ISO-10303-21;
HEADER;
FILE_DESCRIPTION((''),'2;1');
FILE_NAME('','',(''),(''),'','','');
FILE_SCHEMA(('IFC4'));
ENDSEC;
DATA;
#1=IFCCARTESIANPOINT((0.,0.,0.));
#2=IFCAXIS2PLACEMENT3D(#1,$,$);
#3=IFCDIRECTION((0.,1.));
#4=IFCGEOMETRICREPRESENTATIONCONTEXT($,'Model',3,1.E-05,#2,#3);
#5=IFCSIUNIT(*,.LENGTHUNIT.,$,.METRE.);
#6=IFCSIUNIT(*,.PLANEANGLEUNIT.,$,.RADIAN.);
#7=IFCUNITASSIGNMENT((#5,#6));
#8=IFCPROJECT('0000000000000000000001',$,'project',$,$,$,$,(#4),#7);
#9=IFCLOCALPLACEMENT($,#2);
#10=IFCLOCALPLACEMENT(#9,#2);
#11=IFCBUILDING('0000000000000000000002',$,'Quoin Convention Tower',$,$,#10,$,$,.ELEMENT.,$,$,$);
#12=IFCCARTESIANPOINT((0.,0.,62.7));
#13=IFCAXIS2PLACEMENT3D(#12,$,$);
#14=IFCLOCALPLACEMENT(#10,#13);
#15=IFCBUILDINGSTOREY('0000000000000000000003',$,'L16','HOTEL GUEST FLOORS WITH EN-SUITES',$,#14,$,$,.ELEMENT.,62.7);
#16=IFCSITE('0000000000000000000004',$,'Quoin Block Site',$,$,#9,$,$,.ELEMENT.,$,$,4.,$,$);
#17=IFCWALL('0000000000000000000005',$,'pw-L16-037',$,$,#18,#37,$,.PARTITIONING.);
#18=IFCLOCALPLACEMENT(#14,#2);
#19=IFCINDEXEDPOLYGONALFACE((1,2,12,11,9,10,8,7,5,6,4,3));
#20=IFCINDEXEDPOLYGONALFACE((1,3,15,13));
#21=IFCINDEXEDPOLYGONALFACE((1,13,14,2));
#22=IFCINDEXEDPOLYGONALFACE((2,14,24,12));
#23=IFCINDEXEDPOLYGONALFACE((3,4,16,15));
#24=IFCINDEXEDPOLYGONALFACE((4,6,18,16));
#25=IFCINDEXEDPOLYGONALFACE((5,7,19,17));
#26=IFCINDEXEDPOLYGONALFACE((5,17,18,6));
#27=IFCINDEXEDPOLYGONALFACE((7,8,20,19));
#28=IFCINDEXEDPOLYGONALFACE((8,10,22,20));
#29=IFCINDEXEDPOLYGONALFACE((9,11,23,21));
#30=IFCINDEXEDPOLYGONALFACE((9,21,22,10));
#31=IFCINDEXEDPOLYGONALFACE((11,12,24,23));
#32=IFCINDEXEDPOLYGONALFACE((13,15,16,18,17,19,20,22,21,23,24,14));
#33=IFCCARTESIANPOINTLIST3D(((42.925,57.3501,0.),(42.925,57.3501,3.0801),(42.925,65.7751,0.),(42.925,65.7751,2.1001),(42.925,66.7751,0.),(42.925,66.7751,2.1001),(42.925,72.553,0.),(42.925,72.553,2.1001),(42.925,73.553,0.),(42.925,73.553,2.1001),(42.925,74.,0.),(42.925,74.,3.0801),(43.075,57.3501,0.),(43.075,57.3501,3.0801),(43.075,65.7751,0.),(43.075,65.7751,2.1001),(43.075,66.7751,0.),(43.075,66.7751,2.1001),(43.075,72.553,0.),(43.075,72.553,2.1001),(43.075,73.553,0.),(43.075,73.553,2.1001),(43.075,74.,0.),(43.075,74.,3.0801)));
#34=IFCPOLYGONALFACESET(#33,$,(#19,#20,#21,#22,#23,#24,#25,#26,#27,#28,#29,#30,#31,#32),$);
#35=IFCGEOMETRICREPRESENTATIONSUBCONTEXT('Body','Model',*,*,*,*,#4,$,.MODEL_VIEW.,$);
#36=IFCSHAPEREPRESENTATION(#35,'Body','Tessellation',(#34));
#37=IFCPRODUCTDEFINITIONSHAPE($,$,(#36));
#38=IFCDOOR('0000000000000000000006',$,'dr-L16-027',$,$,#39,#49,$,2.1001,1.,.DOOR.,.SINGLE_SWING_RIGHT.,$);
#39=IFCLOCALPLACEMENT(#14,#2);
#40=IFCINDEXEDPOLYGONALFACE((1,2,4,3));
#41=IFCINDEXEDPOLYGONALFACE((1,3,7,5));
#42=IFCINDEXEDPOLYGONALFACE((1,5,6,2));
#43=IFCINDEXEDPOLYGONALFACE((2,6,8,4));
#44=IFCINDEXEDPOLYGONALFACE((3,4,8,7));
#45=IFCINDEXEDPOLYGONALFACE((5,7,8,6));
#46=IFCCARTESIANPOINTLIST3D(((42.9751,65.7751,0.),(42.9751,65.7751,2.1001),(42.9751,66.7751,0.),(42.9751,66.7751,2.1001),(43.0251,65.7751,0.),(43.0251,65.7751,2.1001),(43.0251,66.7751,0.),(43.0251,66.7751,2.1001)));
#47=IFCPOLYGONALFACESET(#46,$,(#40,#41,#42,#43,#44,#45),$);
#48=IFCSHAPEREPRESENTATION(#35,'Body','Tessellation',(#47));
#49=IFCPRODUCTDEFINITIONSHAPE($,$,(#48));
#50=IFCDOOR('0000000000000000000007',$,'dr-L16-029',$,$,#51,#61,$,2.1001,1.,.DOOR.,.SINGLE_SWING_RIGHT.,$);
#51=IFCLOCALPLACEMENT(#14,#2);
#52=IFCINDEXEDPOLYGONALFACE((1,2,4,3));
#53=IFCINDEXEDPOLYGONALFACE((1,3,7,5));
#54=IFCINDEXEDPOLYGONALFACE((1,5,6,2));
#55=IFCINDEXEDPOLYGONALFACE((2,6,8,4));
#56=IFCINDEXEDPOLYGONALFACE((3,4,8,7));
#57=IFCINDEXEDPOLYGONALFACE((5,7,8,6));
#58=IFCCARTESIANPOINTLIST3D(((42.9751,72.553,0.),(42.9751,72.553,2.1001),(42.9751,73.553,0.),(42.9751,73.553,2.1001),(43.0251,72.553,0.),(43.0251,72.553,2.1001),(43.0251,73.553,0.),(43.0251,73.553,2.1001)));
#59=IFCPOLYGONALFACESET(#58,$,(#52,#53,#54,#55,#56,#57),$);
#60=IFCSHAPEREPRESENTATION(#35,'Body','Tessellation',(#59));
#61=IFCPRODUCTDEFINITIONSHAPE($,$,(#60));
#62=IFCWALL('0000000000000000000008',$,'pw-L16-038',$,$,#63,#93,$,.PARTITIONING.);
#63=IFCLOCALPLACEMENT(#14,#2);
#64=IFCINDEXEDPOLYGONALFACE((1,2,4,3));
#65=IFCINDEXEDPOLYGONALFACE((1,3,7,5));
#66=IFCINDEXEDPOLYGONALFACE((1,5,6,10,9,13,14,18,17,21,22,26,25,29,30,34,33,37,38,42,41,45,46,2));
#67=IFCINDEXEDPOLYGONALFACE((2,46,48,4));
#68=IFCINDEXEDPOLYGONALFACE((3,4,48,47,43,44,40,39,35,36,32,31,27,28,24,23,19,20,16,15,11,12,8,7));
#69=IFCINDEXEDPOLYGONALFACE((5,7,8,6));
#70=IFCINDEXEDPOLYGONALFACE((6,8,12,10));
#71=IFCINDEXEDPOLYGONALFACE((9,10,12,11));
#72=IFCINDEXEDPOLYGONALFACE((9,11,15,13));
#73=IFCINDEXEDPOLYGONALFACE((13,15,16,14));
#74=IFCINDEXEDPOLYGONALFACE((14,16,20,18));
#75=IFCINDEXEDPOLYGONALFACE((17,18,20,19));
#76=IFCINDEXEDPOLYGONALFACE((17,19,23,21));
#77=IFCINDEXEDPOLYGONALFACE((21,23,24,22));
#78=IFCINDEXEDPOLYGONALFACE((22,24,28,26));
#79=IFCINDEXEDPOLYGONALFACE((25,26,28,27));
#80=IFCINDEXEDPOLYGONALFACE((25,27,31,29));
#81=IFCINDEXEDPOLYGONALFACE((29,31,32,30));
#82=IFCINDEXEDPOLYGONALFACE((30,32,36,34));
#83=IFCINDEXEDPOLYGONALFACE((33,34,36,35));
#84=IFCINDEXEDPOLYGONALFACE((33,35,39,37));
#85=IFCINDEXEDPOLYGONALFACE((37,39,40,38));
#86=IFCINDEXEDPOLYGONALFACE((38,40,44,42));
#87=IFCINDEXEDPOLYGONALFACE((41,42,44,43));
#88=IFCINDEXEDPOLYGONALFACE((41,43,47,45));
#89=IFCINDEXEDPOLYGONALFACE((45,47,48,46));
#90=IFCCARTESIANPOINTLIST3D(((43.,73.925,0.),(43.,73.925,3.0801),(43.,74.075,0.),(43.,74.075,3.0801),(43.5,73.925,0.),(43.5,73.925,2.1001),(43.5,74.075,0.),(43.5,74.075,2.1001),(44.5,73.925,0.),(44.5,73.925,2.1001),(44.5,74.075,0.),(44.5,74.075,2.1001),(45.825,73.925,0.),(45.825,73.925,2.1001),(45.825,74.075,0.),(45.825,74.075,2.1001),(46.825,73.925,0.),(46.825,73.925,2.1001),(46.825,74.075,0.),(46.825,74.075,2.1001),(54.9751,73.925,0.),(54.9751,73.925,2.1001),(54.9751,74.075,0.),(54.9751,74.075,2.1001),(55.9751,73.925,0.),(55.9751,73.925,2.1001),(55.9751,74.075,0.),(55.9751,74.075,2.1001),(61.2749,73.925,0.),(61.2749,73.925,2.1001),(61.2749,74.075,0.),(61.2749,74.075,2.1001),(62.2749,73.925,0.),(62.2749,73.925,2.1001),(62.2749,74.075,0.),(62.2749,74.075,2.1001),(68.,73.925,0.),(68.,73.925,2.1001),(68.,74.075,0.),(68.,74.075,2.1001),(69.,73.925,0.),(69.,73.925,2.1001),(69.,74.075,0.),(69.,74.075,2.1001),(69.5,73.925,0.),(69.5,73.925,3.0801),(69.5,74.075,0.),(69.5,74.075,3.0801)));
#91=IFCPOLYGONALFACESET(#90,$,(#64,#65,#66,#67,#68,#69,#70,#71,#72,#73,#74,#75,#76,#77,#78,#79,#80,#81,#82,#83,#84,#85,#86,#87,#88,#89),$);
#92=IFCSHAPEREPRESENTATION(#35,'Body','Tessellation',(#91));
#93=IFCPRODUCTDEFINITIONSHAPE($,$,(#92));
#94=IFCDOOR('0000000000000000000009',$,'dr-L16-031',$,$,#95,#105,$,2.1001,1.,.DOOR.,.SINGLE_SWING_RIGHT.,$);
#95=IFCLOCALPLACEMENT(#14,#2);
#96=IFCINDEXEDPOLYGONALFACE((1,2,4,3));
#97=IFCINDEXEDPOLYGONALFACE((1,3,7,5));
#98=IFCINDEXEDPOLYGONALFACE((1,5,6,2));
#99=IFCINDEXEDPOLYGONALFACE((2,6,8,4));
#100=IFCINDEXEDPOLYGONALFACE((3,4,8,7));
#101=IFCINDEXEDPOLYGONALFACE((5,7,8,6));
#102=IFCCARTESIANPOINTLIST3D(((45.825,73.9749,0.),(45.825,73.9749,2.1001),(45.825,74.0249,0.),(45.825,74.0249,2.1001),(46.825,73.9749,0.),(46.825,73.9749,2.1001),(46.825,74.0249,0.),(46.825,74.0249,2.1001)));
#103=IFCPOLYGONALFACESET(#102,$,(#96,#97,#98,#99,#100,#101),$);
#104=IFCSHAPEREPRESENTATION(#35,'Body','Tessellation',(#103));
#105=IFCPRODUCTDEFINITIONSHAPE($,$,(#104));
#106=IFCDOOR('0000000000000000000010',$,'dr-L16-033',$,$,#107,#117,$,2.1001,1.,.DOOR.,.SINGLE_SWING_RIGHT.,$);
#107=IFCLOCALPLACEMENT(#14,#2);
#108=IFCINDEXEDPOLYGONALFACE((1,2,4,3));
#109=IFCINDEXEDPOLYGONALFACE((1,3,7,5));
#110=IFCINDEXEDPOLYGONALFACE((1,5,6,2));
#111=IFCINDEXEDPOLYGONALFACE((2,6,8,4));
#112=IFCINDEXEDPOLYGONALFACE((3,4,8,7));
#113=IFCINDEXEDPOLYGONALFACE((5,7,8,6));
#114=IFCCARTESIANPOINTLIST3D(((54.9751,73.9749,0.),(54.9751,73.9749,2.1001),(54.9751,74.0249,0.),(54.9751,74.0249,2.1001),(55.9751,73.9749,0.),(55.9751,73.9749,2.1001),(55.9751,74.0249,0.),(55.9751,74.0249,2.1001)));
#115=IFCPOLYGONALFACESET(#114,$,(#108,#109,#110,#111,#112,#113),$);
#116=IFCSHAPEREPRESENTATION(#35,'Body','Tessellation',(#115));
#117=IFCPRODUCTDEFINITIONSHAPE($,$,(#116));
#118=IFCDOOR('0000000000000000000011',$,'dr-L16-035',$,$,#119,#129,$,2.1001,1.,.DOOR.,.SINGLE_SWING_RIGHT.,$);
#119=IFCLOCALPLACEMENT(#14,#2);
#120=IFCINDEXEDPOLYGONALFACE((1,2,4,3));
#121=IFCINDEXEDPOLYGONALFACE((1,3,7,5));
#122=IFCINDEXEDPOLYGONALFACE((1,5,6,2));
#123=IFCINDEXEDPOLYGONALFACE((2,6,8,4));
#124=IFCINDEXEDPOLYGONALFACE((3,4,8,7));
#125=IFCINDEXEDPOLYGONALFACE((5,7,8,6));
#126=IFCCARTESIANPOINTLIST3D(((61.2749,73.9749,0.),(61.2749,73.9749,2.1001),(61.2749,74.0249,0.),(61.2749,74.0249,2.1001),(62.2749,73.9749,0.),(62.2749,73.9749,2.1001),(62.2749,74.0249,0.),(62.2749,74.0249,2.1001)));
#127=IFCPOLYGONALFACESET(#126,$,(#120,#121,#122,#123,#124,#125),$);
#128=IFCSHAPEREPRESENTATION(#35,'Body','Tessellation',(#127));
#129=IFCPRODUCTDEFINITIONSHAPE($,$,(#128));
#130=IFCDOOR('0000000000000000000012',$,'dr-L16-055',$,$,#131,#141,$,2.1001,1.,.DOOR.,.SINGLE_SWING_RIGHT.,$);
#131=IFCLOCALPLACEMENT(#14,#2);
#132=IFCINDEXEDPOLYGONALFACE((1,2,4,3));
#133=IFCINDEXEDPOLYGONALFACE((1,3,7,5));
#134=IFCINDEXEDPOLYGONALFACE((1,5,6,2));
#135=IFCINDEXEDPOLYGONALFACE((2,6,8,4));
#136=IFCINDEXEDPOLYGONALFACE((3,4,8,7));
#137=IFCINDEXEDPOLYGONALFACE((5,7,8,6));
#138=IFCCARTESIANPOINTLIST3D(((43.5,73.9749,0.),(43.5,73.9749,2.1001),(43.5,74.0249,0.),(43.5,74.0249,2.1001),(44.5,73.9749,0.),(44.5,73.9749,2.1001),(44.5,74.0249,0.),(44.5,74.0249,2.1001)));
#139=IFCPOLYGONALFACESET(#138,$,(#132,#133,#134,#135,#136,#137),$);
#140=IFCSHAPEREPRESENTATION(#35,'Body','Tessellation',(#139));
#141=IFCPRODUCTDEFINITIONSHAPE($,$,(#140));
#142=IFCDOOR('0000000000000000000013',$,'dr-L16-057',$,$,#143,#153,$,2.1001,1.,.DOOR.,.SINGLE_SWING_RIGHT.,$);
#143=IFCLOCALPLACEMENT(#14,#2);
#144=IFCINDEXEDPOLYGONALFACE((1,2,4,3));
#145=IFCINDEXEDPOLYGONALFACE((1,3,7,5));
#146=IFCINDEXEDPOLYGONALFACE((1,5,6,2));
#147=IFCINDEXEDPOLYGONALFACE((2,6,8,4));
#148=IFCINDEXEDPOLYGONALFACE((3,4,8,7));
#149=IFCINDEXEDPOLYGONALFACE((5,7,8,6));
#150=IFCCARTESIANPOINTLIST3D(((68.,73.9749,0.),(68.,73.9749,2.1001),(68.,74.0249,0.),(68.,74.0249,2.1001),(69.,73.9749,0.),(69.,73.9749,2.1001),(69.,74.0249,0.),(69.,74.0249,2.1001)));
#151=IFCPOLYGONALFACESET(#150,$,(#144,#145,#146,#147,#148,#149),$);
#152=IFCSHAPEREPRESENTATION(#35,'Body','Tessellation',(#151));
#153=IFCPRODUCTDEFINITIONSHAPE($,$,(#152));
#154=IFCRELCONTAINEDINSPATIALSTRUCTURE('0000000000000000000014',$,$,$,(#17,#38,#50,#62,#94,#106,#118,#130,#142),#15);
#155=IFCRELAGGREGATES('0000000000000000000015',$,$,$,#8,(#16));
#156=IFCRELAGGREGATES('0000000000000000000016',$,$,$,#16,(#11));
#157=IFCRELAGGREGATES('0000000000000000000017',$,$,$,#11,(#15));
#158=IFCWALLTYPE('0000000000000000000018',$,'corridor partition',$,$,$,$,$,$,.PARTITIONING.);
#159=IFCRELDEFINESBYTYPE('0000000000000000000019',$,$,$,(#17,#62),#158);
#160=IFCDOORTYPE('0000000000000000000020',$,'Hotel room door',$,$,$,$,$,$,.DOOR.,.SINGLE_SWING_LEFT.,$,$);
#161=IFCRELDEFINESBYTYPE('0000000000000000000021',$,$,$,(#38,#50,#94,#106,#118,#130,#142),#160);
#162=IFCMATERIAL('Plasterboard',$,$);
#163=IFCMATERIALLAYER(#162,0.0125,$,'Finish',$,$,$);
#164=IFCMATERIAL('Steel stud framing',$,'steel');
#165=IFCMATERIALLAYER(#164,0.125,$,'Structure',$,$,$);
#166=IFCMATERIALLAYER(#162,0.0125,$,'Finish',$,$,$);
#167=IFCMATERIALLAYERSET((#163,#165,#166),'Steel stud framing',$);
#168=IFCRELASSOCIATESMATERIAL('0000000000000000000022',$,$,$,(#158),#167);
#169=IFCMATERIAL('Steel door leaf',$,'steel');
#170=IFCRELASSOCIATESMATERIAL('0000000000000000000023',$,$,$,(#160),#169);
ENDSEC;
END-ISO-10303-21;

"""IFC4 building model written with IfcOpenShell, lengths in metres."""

from ifc_helpers import new_model, si_unit, direction, frame, frame_2d, origin, place, context, subcontext, project, spatial, rectangle, extrude, material, layer, layer_set, type_object, element, fill, save


model = new_model("IFC4")

# Units and contexts
model_context = context("Model", 3, precision=1e-05, world=origin(), true_north=direction((0.0, 1.0)))
body_context = subcontext(model_context, "Body", "Model", "MODEL_VIEW")
ifc_project = project(units=[si_unit("LENGTHUNIT", "METRE"), si_unit("PLANEANGLEUNIT", "RADIAN")], contexts=[model_context])

# Site, building, storey
site_placement = place(None, origin())
site = spatial("IfcSite", under=ifc_project, at=site_placement, Name="Quoin Block Site", CompositionType="ELEMENT", RefElevation=4.0)
building_placement = place(site_placement, origin())
building = spatial("IfcBuilding", under=site, at=building_placement, Name="Quoin Convention Tower", CompositionType="ELEMENT")
storey_placement = place(building_placement, frame((0.0, 0.0, 62.7)))
storey = spatial("IfcBuildingStorey", under=building, at=storey_placement, Name="L16", Description="HOTEL GUEST FLOORS WITH EN-SUITES", CompositionType="ELEMENT", Elevation=62.7)

# Shared definitions
ifc_material_1 = material(Name="Steel door leaf", Category="steel")

# Walls, openings, doors
ifc_material_2 = material(Name="Plasterboard")
ifc_layer_1 = layer(ifc_material_2, 0.0125, Name="Finish")
ifc_material_3 = material(Name="Steel stud framing", Category="steel")
ifc_layer_2 = layer(ifc_material_3, 0.125, Name="Structure")
ifc_layer_3 = layer(ifc_material_2, 0.0125, Name="Finish")
ifc_layer_set_1 = layer_set([ifc_layer_1, ifc_layer_2, ifc_layer_3], Name="Steel stud framing")
wall_type_1 = type_object("IfcWallType", Name="corridor partition", PredefinedType="PARTITIONING", material=ifc_layer_set_1)
wall_1_placement = place(storey_placement, frame((43.0, 57.3501, 0.0), z_axis=(0.0, 0.0, 1.0), x_axis=(0.0, 1.0, 0.0)))
wall_1 = element("IfcWall", 1, at=wall_1_placement, inside=storey, type_object=wall_type_1, Name="pw-L16-037", PredefinedType="PARTITIONING", context=body_context, shape_type="SweptSolid", body=[
    extrude(rectangle(XDim=16.6499, YDim=0.1499, at=frame_2d((8.325, 0.0))), origin(), (0.0, 0.0, 1.0), 3.0801),
])
opening_1_placement = place(wall_1_placement, frame((8.425, 0.0, 0.0)))
opening_1 = element("IfcOpeningElement", 2, at=opening_1_placement, cuts=wall_1, PredefinedType="OPENING", context=body_context, shape_type="SweptSolid", body=[
    extrude(rectangle(XDim=1.0, YDim=2.1001, at=frame_2d((0.5, 1.05))), frame((0.0, 0.085, 0.0), z_axis=(0.0, -1.0, 0.0), x_axis=(1.0, 0.0, 0.0)), (0.0, 0.0, 1.0), 0.1699),
])
opening_2_placement = place(wall_1_placement, frame((15.2029, 0.0, 0.0)))
opening_2 = element("IfcOpeningElement", 3, at=opening_2_placement, cuts=wall_1, PredefinedType="OPENING", context=body_context, shape_type="SweptSolid", body=[
    extrude(rectangle(XDim=1.0, YDim=2.1001, at=frame_2d((0.5, 1.05))), frame((0.0, 0.085, 0.0), z_axis=(0.0, -1.0, 0.0), x_axis=(1.0, 0.0, 0.0)), (0.0, 0.0, 1.0), 0.1699),
])
door_type_1 = type_object("IfcDoorType", Name="Hotel room door", OperationType="SINGLE_SWING_LEFT", PredefinedType="DOOR", material=ifc_material_1)
door_1_placement = place(opening_1_placement, origin())
door_1 = element("IfcDoor", 4, at=door_1_placement, inside=storey, type_object=door_type_1, Name="dr-L16-027", OperationType="SINGLE_SWING_RIGHT", OverallHeight=2.1001, OverallWidth=1.0, PredefinedType="DOOR", context=body_context, shape_type="SweptSolid", body=[
    extrude(rectangle(XDim=1.0, YDim=2.1001, at=frame_2d((0.5, 1.05))), frame((0.0, 0.0249, 0.0), z_axis=(0.0, -1.0, 0.0), x_axis=(1.0, 0.0, 0.0)), (0.0, 0.0, 1.0), 0.05),
])
fill(opening_1, door_1)
door_2_placement = place(opening_2_placement, origin())
door_2 = element("IfcDoor", 5, at=door_2_placement, inside=storey, type_object=door_type_1, Name="dr-L16-029", OperationType="SINGLE_SWING_RIGHT", OverallHeight=2.1001, OverallWidth=1.0, PredefinedType="DOOR", context=body_context, shape_type="SweptSolid", body=[
    extrude(rectangle(XDim=1.0, YDim=2.1001, at=frame_2d((0.5, 1.05))), frame((0.0, 0.0249, 0.0), z_axis=(0.0, -1.0, 0.0), x_axis=(1.0, 0.0, 0.0)), (0.0, 0.0, 1.0), 0.05),
])
fill(opening_2, door_2)
wall_2_placement = place(storey_placement, frame((43.0, 74.0, 0.0), z_axis=(0.0, 0.0, 1.0), x_axis=(1.0, 0.0, 0.0)))
wall_2 = element("IfcWall", 6, at=wall_2_placement, inside=storey, type_object=wall_type_1, Name="pw-L16-038", PredefinedType="PARTITIONING", context=body_context, shape_type="SweptSolid", body=[
    extrude(rectangle(XDim=26.5, YDim=0.1499, at=frame_2d((13.25, 0.0))), origin(), (0.0, 0.0, 1.0), 3.0801),
])
opening_3_placement = place(wall_2_placement, frame((2.825, 0.0, 0.0)))
opening_3 = element("IfcOpeningElement", 7, at=opening_3_placement, cuts=wall_2, PredefinedType="OPENING", context=body_context, shape_type="SweptSolid", body=[
    extrude(rectangle(XDim=1.0, YDim=2.1001, at=frame_2d((0.5, 1.05))), frame((0.0, 0.085, 0.0), z_axis=(0.0, -1.0, 0.0), x_axis=(1.0, 0.0, 0.0)), (0.0, 0.0, 1.0), 0.1699),
])
opening_4_placement = place(wall_2_placement, frame((11.9751, 0.0, 0.0)))
opening_4 = element("IfcOpeningElement", 8, at=opening_4_placement, cuts=wall_2, PredefinedType="OPENING", context=body_context, shape_type="SweptSolid", body=[
    extrude(rectangle(XDim=1.0, YDim=2.1001, at=frame_2d((0.5, 1.05))), frame((0.0, 0.085, 0.0), z_axis=(0.0, -1.0, 0.0), x_axis=(1.0, 0.0, 0.0)), (0.0, 0.0, 1.0), 0.1699),
])
opening_5_placement = place(wall_2_placement, frame((18.2749, 0.0, 0.0)))
opening_5 = element("IfcOpeningElement", 9, at=opening_5_placement, cuts=wall_2, PredefinedType="OPENING", context=body_context, shape_type="SweptSolid", body=[
    extrude(rectangle(XDim=1.0, YDim=2.1001, at=frame_2d((0.5, 1.05))), frame((0.0, 0.085, 0.0), z_axis=(0.0, -1.0, 0.0), x_axis=(1.0, 0.0, 0.0)), (0.0, 0.0, 1.0), 0.1699),
])
opening_6_placement = place(wall_2_placement, frame((0.5, 0.0, 0.0)))
opening_6 = element("IfcOpeningElement", 10, at=opening_6_placement, cuts=wall_2, PredefinedType="OPENING", context=body_context, shape_type="SweptSolid", body=[
    extrude(rectangle(XDim=1.0, YDim=2.1001, at=frame_2d((0.5, 1.05))), frame((0.0, 0.085, 0.0), z_axis=(0.0, -1.0, 0.0), x_axis=(1.0, 0.0, 0.0)), (0.0, 0.0, 1.0), 0.1699),
])
opening_7_placement = place(wall_2_placement, frame((25.0, 0.0, 0.0)))
opening_7 = element("IfcOpeningElement", 11, at=opening_7_placement, cuts=wall_2, PredefinedType="OPENING", context=body_context, shape_type="SweptSolid", body=[
    extrude(rectangle(XDim=1.0, YDim=2.1001, at=frame_2d((0.5, 1.05))), frame((0.0, 0.085, 0.0), z_axis=(0.0, -1.0, 0.0), x_axis=(1.0, 0.0, 0.0)), (0.0, 0.0, 1.0), 0.1699),
])
door_3_placement = place(opening_3_placement, origin())
door_3 = element("IfcDoor", 12, at=door_3_placement, inside=storey, type_object=door_type_1, Name="dr-L16-031", OperationType="SINGLE_SWING_RIGHT", OverallHeight=2.1001, OverallWidth=1.0, PredefinedType="DOOR", context=body_context, shape_type="SweptSolid", body=[
    extrude(rectangle(XDim=1.0, YDim=2.1001, at=frame_2d((0.5, 1.05))), frame((0.0, 0.0249, 0.0), z_axis=(0.0, -1.0, 0.0), x_axis=(1.0, 0.0, 0.0)), (0.0, 0.0, 1.0), 0.05),
])
fill(opening_3, door_3)
door_4_placement = place(opening_4_placement, origin())
door_4 = element("IfcDoor", 13, at=door_4_placement, inside=storey, type_object=door_type_1, Name="dr-L16-033", OperationType="SINGLE_SWING_RIGHT", OverallHeight=2.1001, OverallWidth=1.0, PredefinedType="DOOR", context=body_context, shape_type="SweptSolid", body=[
    extrude(rectangle(XDim=1.0, YDim=2.1001, at=frame_2d((0.5, 1.05))), frame((0.0, 0.0249, 0.0), z_axis=(0.0, -1.0, 0.0), x_axis=(1.0, 0.0, 0.0)), (0.0, 0.0, 1.0), 0.05),
])
fill(opening_4, door_4)
door_5_placement = place(opening_5_placement, origin())
door_5 = element("IfcDoor", 14, at=door_5_placement, inside=storey, type_object=door_type_1, Name="dr-L16-035", OperationType="SINGLE_SWING_RIGHT", OverallHeight=2.1001, OverallWidth=1.0, PredefinedType="DOOR", context=body_context, shape_type="SweptSolid", body=[
    extrude(rectangle(XDim=1.0, YDim=2.1001, at=frame_2d((0.5, 1.05))), frame((0.0, 0.0249, 0.0), z_axis=(0.0, -1.0, 0.0), x_axis=(1.0, 0.0, 0.0)), (0.0, 0.0, 1.0), 0.05),
])
fill(opening_5, door_5)
door_6_placement = place(opening_6_placement, origin())
door_6 = element("IfcDoor", 15, at=door_6_placement, inside=storey, type_object=door_type_1, Name="dr-L16-055", OperationType="SINGLE_SWING_RIGHT", OverallHeight=2.1001, OverallWidth=1.0, PredefinedType="DOOR", context=body_context, shape_type="SweptSolid", body=[
    extrude(rectangle(XDim=1.0, YDim=2.1001, at=frame_2d((0.5, 1.05))), frame((0.0, 0.0249, 0.0), z_axis=(0.0, -1.0, 0.0), x_axis=(1.0, 0.0, 0.0)), (0.0, 0.0, 1.0), 0.05),
])
fill(opening_6, door_6)
door_7_placement = place(opening_7_placement, origin())
door_7 = element("IfcDoor", 16, at=door_7_placement, inside=storey, type_object=door_type_1, Name="dr-L16-057", OperationType="SINGLE_SWING_RIGHT", OverallHeight=2.1001, OverallWidth=1.0, PredefinedType="DOOR", context=body_context, shape_type="SweptSolid", body=[
    extrude(rectangle(XDim=1.0, YDim=2.1001, at=frame_2d((0.5, 1.05))), frame((0.0, 0.0249, 0.0), z_axis=(0.0, -1.0, 0.0), x_axis=(1.0, 0.0, 0.0)), (0.0, 0.0, 1.0), 0.05),
])
fill(opening_7, door_7)

save(model, "model.ifc")
